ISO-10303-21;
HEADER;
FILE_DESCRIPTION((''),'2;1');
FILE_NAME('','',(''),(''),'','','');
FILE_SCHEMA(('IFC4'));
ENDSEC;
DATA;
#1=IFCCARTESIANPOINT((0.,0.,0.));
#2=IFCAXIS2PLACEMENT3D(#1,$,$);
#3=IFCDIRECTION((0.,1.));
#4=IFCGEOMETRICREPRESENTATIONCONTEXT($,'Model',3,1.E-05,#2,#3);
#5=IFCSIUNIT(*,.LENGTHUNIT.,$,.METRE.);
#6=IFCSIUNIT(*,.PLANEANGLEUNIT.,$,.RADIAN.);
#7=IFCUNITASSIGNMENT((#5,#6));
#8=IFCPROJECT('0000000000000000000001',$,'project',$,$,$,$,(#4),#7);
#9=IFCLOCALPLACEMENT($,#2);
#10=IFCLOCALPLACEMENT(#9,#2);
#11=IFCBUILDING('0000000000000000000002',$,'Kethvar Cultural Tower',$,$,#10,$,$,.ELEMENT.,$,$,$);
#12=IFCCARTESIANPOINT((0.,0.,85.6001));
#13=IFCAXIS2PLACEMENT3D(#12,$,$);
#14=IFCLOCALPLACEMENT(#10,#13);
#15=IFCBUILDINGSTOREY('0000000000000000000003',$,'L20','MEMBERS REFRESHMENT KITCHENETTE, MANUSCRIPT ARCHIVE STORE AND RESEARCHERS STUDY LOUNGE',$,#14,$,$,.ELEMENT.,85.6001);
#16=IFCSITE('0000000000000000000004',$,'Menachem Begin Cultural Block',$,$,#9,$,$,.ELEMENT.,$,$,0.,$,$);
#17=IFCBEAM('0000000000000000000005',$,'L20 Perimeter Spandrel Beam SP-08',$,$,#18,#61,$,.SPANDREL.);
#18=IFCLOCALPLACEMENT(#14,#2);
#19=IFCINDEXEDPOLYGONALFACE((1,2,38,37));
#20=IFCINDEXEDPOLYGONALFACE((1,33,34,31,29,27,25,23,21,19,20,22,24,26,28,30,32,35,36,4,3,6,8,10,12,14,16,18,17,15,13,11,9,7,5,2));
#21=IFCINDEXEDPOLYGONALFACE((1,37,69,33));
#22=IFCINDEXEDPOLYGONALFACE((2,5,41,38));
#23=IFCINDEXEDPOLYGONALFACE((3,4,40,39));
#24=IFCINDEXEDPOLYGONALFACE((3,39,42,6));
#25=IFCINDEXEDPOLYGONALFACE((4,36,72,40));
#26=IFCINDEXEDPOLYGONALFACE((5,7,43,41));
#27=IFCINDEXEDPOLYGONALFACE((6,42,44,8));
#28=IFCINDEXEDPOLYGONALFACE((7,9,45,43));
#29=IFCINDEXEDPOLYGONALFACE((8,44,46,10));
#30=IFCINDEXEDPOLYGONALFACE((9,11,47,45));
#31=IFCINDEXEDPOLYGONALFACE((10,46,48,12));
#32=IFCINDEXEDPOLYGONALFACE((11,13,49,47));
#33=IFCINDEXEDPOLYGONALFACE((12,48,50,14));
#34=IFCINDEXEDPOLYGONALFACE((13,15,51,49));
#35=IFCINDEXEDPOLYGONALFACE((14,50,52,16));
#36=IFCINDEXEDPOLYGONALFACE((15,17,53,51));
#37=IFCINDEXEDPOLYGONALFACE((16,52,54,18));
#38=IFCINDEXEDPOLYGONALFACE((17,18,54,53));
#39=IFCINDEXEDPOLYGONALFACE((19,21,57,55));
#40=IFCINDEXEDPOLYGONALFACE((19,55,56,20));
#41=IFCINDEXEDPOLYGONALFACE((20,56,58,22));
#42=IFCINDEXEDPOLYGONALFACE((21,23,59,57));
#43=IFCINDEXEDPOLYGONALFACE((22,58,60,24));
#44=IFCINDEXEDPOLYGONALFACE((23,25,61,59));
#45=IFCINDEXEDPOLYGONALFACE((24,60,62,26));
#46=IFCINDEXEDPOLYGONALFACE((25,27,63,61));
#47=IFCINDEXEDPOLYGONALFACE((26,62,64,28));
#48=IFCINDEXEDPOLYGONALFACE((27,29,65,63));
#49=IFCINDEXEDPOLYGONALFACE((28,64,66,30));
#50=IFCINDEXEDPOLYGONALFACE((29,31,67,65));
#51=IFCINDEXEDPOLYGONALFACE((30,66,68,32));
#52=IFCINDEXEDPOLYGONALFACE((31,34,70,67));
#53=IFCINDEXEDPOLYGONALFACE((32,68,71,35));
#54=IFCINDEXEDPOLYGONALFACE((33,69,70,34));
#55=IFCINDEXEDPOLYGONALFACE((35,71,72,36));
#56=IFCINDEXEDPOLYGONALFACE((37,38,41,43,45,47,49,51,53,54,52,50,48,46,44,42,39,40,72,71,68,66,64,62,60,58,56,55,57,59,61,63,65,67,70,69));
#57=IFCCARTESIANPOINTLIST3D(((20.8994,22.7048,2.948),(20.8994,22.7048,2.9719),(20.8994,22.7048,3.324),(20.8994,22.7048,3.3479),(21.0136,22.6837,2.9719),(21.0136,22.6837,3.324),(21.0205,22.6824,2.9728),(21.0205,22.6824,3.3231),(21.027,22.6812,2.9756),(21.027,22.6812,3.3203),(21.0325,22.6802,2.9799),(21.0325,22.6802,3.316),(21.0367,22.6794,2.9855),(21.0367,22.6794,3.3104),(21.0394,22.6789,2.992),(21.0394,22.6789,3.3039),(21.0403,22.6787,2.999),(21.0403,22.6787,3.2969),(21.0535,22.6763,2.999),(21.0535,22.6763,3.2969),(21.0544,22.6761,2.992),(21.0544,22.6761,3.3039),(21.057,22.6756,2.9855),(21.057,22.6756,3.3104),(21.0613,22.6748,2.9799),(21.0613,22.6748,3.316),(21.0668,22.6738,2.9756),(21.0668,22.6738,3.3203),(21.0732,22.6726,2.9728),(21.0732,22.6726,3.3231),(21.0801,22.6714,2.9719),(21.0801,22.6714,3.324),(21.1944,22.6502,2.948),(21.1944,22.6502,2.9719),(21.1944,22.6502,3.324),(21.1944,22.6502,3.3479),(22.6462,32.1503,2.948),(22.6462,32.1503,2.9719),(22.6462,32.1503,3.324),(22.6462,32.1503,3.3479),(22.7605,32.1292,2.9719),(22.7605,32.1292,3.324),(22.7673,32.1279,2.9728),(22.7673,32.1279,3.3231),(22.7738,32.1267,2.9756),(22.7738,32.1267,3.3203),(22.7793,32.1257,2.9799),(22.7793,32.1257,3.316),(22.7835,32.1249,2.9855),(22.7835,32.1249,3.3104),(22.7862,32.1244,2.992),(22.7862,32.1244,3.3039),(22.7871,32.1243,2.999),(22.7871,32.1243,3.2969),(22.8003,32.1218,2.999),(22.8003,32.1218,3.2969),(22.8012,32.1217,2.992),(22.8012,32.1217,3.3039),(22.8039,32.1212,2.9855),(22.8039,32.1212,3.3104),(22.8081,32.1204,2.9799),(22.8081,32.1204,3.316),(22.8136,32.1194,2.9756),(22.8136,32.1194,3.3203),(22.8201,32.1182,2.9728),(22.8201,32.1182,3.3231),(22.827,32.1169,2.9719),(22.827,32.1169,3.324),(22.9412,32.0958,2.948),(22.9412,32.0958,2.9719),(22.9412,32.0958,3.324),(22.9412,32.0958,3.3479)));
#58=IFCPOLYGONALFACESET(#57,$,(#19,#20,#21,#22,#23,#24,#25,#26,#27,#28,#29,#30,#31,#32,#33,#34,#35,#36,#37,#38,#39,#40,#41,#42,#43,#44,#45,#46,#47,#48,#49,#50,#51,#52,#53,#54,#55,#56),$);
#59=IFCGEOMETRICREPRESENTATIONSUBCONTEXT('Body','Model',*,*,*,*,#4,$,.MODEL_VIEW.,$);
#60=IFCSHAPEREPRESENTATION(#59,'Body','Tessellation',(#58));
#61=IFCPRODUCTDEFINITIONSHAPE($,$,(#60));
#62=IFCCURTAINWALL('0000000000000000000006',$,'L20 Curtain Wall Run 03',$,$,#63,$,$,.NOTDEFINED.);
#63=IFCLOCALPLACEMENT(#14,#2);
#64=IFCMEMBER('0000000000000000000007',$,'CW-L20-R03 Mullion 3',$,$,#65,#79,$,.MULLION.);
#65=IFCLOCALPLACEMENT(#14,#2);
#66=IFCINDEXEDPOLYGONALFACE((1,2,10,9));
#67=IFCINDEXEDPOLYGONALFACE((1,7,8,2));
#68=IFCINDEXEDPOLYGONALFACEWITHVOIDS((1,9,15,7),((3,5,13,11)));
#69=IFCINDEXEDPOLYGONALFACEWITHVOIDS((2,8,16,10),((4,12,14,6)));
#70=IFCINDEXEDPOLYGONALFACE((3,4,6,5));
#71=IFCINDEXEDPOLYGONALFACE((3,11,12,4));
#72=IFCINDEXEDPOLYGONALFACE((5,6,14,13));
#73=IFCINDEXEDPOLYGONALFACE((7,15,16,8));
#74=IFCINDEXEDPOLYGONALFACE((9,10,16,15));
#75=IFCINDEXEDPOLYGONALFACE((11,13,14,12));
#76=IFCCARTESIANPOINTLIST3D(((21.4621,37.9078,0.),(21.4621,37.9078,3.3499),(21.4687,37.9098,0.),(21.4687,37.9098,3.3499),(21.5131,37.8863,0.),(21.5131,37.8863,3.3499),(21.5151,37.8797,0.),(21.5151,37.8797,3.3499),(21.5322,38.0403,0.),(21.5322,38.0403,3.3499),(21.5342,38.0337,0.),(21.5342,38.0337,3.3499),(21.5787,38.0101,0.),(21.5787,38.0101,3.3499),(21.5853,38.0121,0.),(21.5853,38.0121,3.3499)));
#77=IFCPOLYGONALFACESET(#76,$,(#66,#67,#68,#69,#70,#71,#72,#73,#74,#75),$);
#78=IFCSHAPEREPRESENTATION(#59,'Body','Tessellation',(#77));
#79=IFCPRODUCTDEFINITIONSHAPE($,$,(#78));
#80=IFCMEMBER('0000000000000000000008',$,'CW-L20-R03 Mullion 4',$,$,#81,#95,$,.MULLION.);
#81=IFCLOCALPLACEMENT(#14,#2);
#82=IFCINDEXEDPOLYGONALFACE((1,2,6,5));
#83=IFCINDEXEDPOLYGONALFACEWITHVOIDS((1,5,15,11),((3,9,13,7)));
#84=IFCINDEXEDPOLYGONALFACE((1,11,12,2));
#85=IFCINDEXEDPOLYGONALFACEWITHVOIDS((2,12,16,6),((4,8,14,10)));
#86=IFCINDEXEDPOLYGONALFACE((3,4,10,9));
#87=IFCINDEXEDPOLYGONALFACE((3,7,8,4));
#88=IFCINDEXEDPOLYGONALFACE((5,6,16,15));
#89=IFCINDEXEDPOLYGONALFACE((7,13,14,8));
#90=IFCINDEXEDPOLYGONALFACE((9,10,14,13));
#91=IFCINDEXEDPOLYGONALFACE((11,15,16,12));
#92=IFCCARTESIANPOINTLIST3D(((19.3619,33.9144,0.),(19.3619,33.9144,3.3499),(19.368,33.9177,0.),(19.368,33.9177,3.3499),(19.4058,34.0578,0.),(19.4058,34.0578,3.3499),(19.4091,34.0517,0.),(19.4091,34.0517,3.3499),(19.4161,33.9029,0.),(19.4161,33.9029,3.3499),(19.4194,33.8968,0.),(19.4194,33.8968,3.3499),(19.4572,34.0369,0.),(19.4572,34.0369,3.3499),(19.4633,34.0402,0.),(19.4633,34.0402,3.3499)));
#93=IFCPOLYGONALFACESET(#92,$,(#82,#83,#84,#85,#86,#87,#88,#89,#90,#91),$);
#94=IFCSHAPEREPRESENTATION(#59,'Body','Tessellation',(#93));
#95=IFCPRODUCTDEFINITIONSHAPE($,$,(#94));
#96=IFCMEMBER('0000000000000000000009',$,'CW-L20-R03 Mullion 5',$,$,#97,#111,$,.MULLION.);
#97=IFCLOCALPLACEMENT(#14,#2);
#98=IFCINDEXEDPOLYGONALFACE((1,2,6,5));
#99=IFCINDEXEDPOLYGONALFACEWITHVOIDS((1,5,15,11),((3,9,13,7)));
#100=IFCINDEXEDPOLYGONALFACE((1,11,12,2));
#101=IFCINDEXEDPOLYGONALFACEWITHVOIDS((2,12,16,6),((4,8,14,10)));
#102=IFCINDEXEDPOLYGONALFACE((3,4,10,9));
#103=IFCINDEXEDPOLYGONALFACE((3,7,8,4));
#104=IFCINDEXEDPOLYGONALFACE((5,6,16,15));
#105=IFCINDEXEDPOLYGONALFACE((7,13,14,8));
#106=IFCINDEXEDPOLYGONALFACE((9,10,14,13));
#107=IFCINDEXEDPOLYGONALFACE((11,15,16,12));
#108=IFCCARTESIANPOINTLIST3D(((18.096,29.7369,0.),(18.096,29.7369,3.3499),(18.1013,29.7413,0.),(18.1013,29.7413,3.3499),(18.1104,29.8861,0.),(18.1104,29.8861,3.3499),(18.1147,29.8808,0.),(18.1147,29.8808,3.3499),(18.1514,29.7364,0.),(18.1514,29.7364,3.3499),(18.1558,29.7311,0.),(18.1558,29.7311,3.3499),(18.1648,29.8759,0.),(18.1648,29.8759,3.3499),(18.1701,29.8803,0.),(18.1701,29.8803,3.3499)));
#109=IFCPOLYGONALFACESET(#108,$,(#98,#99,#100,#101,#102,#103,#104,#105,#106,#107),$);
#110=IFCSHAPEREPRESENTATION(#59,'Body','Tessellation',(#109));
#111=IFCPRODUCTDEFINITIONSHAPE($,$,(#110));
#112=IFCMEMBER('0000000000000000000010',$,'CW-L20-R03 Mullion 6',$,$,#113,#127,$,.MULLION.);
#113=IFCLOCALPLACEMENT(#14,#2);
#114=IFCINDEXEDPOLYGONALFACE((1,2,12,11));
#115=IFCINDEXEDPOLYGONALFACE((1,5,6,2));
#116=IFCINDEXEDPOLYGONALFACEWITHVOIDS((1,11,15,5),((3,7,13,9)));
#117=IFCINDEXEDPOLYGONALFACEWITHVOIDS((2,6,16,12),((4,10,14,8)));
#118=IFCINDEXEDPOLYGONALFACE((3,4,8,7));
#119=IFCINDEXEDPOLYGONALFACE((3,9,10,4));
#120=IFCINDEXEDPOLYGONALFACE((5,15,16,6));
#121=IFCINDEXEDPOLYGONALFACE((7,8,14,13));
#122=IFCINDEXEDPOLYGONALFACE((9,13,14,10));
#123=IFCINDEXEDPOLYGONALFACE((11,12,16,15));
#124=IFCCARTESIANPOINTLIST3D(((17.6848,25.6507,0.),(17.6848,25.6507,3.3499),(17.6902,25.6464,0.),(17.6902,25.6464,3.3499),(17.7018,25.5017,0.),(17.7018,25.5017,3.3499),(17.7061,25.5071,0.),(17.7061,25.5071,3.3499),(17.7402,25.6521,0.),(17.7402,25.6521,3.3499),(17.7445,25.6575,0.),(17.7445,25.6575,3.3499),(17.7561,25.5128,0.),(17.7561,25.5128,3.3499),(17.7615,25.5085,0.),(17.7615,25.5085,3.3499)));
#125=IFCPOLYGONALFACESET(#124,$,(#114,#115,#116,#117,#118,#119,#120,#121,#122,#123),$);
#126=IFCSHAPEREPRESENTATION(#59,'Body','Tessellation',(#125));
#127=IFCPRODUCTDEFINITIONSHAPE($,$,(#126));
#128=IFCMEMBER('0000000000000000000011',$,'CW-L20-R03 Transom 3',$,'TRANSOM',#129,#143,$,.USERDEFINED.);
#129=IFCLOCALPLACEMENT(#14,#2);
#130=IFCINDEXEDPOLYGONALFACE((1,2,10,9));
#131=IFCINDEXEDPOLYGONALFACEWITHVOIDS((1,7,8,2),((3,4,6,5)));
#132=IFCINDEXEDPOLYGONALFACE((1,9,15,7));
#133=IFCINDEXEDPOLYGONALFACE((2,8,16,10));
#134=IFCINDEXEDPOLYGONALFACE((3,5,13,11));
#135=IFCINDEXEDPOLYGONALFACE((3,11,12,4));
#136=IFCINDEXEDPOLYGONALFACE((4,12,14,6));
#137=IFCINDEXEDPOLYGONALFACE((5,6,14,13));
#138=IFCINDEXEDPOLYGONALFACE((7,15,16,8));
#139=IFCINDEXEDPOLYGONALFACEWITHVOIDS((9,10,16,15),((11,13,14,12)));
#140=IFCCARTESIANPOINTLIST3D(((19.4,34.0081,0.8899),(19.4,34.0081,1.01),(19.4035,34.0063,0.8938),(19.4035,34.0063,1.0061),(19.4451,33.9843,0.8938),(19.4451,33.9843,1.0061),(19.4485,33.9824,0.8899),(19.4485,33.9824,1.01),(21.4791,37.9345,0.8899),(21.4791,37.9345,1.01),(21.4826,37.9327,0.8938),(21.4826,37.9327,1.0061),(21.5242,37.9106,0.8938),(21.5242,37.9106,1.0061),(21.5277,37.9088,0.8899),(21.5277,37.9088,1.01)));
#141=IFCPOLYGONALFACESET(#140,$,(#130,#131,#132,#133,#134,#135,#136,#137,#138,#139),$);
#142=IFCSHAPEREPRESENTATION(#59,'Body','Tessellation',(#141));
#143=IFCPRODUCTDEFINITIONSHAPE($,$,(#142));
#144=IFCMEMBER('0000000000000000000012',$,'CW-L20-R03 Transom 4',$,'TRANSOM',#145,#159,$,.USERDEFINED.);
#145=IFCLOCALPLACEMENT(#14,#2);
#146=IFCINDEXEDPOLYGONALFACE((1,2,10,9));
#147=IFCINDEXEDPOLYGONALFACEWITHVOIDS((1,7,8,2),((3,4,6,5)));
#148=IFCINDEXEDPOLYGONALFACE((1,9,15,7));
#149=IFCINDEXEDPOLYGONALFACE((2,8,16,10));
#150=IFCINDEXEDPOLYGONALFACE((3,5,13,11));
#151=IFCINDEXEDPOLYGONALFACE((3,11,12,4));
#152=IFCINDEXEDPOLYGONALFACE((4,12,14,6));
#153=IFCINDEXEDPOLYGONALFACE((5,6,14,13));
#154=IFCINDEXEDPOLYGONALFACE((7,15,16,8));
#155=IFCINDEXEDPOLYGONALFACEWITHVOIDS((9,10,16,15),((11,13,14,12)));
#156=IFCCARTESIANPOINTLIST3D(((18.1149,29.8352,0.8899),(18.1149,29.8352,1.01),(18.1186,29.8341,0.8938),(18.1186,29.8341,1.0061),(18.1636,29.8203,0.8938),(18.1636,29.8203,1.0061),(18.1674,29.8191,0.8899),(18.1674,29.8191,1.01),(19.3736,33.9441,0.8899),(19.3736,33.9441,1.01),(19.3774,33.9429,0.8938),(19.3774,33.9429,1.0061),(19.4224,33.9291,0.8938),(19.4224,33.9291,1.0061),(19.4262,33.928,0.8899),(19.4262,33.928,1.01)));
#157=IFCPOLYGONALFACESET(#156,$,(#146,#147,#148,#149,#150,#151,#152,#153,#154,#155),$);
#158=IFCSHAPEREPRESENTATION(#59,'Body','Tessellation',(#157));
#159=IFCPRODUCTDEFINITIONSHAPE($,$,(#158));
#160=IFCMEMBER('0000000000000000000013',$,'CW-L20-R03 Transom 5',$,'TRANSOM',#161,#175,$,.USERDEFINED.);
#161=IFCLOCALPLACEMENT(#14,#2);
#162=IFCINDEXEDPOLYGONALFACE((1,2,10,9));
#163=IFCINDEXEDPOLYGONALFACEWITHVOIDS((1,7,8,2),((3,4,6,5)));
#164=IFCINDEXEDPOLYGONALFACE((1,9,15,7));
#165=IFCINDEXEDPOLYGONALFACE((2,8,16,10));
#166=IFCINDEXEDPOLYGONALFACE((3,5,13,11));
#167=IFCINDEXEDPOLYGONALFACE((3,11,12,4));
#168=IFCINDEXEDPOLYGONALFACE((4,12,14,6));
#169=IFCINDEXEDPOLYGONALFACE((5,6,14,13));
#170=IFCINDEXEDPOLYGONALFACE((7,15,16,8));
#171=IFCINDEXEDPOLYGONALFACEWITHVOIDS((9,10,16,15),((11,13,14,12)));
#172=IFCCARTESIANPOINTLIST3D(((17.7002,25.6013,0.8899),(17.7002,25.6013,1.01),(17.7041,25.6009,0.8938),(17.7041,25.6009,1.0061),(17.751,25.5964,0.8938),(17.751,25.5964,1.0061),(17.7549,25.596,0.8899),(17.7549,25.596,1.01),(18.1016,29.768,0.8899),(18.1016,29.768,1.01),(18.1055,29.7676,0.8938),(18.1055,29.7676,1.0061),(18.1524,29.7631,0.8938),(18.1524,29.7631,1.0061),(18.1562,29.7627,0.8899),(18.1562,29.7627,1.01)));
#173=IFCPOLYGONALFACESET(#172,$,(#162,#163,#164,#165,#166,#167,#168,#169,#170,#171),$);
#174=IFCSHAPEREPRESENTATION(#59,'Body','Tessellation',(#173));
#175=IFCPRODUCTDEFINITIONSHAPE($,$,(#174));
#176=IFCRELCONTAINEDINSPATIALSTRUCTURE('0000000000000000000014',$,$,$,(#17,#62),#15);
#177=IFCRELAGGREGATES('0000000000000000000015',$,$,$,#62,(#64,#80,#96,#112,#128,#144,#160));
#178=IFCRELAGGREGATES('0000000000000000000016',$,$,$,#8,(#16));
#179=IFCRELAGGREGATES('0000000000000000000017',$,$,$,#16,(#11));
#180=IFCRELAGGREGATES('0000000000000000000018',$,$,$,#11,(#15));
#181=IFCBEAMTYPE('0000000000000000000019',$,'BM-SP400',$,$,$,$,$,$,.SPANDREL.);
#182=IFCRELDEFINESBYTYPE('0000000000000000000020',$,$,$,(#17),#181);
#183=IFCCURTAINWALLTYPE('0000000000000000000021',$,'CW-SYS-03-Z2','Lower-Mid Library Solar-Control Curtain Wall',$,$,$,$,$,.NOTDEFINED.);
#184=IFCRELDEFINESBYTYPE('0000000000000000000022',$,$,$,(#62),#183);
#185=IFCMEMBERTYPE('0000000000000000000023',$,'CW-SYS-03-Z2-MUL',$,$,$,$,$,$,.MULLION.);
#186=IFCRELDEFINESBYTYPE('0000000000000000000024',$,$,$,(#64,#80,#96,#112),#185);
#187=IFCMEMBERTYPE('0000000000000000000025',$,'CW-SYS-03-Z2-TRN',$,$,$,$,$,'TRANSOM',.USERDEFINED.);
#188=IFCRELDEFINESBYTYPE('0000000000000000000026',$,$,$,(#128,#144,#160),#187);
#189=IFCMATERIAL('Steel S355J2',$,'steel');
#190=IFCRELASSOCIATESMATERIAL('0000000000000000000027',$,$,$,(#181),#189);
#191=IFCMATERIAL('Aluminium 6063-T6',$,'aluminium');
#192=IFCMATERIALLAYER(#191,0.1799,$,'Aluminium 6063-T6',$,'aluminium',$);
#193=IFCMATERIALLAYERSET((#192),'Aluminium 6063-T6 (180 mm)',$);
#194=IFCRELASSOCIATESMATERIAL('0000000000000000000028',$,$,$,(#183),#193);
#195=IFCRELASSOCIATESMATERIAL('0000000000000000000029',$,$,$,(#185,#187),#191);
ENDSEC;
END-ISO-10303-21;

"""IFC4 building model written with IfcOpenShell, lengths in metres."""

from ifc_helpers import new_model, si_unit, direction, frame, origin, origin_2d, place, context, subcontext, project, spatial, hollow_rectangle, i_section, extrude, source, transform, mapped, material, layer, layer_set, material_profile, profile_set, type_object, element, aggregate, save


model = new_model("IFC4")

# Units and contexts
model_context = context("Model", 3, precision=1e-05, world=origin(), true_north=direction((0.0, 1.0)))
body_context = subcontext(model_context, "Body", "Model", "MODEL_VIEW")
ifc_project = project(units=[si_unit("LENGTHUNIT", "METRE"), si_unit("PLANEANGLEUNIT", "RADIAN")], contexts=[model_context])

# Site, building, storey
site_placement = place(None, origin())
site = spatial("IfcSite", under=ifc_project, at=site_placement, Name="Menachem Begin Cultural Block", CompositionType="ELEMENT", RefElevation=0.0)
building_placement = place(site_placement, origin())
building = spatial("IfcBuilding", under=site, at=building_placement, Name="Kethvar Cultural Tower", CompositionType="ELEMENT")
storey_placement = place(building_placement, frame((0.0, 0.0, 85.6001)))
storey = spatial("IfcBuildingStorey", under=building, at=storey_placement, Name="L20", Description="MEMBERS REFRESHMENT KITCHENETTE, MANUSCRIPT ARCHIVE STORE AND RESEARCHERS STUDY LOUNGE", CompositionType="ELEMENT", Elevation=85.6001)

# Beam
ifc_material_1 = material(Name="Steel S355J2", Category="steel")
ifc_material_profile_1 = material_profile(ifc_material_1, i_section(OverallWidth=0.3, OverallDepth=0.3999, WebThickness=0.0134, FlangeThickness=0.0239, FilletRadius=0.0271, at=origin_2d()), Name="Steel S355J2 — HEB400")
ifc_profile_set_1 = profile_set([ifc_material_profile_1], Name="Steel S355J2 — HEB400")
beam_type_1 = type_object("IfcBeamType", Name="BM-SP400", PredefinedType="SPANDREL", material=ifc_profile_set_1)
shared_shape_1 = source(origin(), body_context, "Body", "SweptSolid", [
    extrude(i_section(OverallWidth=0.3, OverallDepth=0.3999, WebThickness=0.0134, FlangeThickness=0.0239, FilletRadius=0.0271, at=origin_2d()), origin(), (0.0, 0.0, 1.0), 9.6057),
])
beam_1_placement = place(storey_placement, frame((22.7937, 32.123, 3.1479), z_axis=(-0.181853, -0.983326, 0.0), x_axis=(0.983326, -0.181853, 0.0)))
element("IfcBeam", 1, at=beam_1_placement, inside=storey, type_object=beam_type_1, Name="L20 Perimeter Spandrel Beam SP-08", PredefinedType="SPANDREL", context=body_context, shape_type="MappedRepresentation", body=[
    mapped(shared_shape_1, transform((0.0, 0.0, 0.0), scale=1.0)),
])

# Curtain wall, members
ifc_material_2 = material(Name="Aluminium 6063-T6", Category="aluminium")
ifc_layer_1 = layer(ifc_material_2, 0.1799, Name="Aluminium 6063-T6", Category="aluminium")
ifc_layer_set_1 = layer_set([ifc_layer_1], Name="Aluminium 6063-T6 (180 mm)")
curtain_wall_type = type_object("IfcCurtainWallType", Name="CW-SYS-03-Z2", Description="Lower-Mid Library Solar-Control Curtain Wall", PredefinedType="NOTDEFINED", material=ifc_layer_set_1)
curtain_wall_placement = place(storey_placement, origin())
curtain_wall = element("IfcCurtainWall", 2, at=curtain_wall_placement, inside=storey, type_object=curtain_wall_type, Name="L20 Curtain Wall Run 03", PredefinedType="NOTDEFINED")
ifc_material_profile_2 = material_profile(ifc_material_2, hollow_rectangle(XDim=0.0601, YDim=0.1499, WallThickness=0.0049, at=origin_2d()), Name="Aluminium 6063-T6 — RHS150x60x5")
ifc_profile_set_2 = profile_set([ifc_material_profile_2], Name="Aluminium 6063-T6 — RHS150x60x5")
member_type_1 = type_object("IfcMemberType", Name="CW-SYS-03-Z2-MUL", PredefinedType="MULLION", material=ifc_profile_set_2)
shared_shape_2 = source(origin(), body_context, "Body", "SweptSolid", [
    extrude(hollow_rectangle(XDim=0.0601, YDim=0.1499, WallThickness=0.0049, at=origin_2d()), origin(), (0.0, 0.0, 1.0), 3.3499),
])
member_1_placement = place(storey_placement, frame((21.5237, 37.96, 0.0), z_axis=(0.0, 0.0, 1.0), x_axis=(0.883749, -0.467961, 0.0)))
member_1 = element("IfcMember", 3, at=member_1_placement, type_object=member_type_1, Name="CW-L20-R03 Mullion 3", PredefinedType="MULLION", context=body_context, shape_type="MappedRepresentation", body=[
    mapped(shared_shape_2, transform((0.0, 0.0, 0.0), scale=1.0)),
])
member_2_placement = place(storey_placement, frame((19.4126, 33.9773, 0.0), z_axis=(0.0, 0.0, 1.0), x_axis=(0.956141, -0.292906, 0.0)))
member_2 = element("IfcMember", 4, at=member_2_placement, type_object=member_type_1, Name="CW-L20-R03 Mullion 4", PredefinedType="MULLION", context=body_context, shape_type="MappedRepresentation", body=[
    mapped(shared_shape_2, transform((0.0, 0.0, 0.0), scale=1.0)),
])
member_3_placement = place(storey_placement, frame((18.1331, 29.8086, 0.0), z_axis=(0.0, 0.0, 1.0), x_axis=(0.995395, -0.095863, 0.0)))
member_3 = element("IfcMember", 5, at=member_3_placement, type_object=member_type_1, Name="CW-L20-R03 Mullion 5", PredefinedType="MULLION", context=body_context, shape_type="MappedRepresentation", body=[
    mapped(shared_shape_2, transform((0.0, 0.0, 0.0), scale=1.0)),
])
member_4_placement = place(storey_placement, frame((17.7231, 25.5796, 0.0), z_axis=(0.0, 0.0, 1.0), x_axis=(0.993554, 0.113359, 0.0)))
member_4 = element("IfcMember", 6, at=member_4_placement, type_object=member_type_1, Name="CW-L20-R03 Mullion 6", PredefinedType="MULLION", context=body_context, shape_type="MappedRepresentation", body=[
    mapped(shared_shape_2, transform((0.0, 0.0, 0.0), scale=1.0)),
])
ifc_material_profile_3 = material_profile(ifc_material_2, hollow_rectangle(XDim=0.0549, YDim=0.1201, WallThickness=0.0039, at=origin_2d()), Name="Aluminium 6063-T6 — RHS120x55x4")
ifc_profile_set_3 = profile_set([ifc_material_profile_3], Name="Aluminium 6063-T6 — RHS120x55x4")
member_type_2 = type_object("IfcMemberType", Name="CW-SYS-03-Z2-TRN", ElementType="TRANSOM", PredefinedType="USERDEFINED", material=ifc_profile_set_3)
shared_shape_3 = source(origin(), body_context, "Body", "SweptSolid", [
    extrude(hollow_rectangle(XDim=0.0549, YDim=0.1201, WallThickness=0.0039, at=origin_2d()), origin(), (0.0, 0.0, 1.0), 4.4429),
])
member_5_placement = place(storey_placement, frame((21.5034, 37.9216, 0.95), z_axis=(-0.467974, -0.883742, 0.0), x_axis=(0.883742, -0.467974, 0.0)))
member_5 = element("IfcMember", 7, at=member_5_placement, type_object=member_type_2, Name="CW-L20-R03 Transom 3", ObjectType="TRANSOM", PredefinedType="USERDEFINED", context=body_context, shape_type="MappedRepresentation", body=[
    mapped(shared_shape_3, transform((0.0, 0.0, 0.0), scale=1.0)),
])
shared_shape_4 = source(origin(), body_context, "Body", "SweptSolid", [
    extrude(hollow_rectangle(XDim=0.0549, YDim=0.1201, WallThickness=0.0039, at=origin_2d()), origin(), (0.0, 0.0, 1.0), 4.2974),
])
member_6_placement = place(storey_placement, frame((19.3999, 33.936, 0.95), z_axis=(-0.29292, -0.956137, 0.0), x_axis=(0.956137, -0.29292, 0.0)))
member_6 = element("IfcMember", 8, at=member_6_placement, type_object=member_type_2, Name="CW-L20-R03 Transom 4", ObjectType="TRANSOM", PredefinedType="USERDEFINED", context=body_context, shape_type="MappedRepresentation", body=[
    mapped(shared_shape_4, transform((0.0, 0.0, 0.0), scale=1.0)),
])
shared_shape_5 = source(origin(), body_context, "Body", "SweptSolid", [
    extrude(hollow_rectangle(XDim=0.0549, YDim=0.1201, WallThickness=0.0039, at=origin_2d()), origin(), (0.0, 0.0, 1.0), 4.186),
])
member_7_placement = place(storey_placement, frame((18.1289, 29.7654, 0.95), z_axis=(-0.095882, -0.995393, 0.0), x_axis=(0.995393, -0.095882, 0.0)))
member_7 = element("IfcMember", 9, at=member_7_placement, type_object=member_type_2, Name="CW-L20-R03 Transom 5", ObjectType="TRANSOM", PredefinedType="USERDEFINED", context=body_context, shape_type="MappedRepresentation", body=[
    mapped(shared_shape_5, transform((0.0, 0.0, 0.0), scale=1.0)),
])
aggregate(curtain_wall, [member_1, member_2, member_3, member_4, member_5, member_6, member_7])

save(model, "model.ifc")
